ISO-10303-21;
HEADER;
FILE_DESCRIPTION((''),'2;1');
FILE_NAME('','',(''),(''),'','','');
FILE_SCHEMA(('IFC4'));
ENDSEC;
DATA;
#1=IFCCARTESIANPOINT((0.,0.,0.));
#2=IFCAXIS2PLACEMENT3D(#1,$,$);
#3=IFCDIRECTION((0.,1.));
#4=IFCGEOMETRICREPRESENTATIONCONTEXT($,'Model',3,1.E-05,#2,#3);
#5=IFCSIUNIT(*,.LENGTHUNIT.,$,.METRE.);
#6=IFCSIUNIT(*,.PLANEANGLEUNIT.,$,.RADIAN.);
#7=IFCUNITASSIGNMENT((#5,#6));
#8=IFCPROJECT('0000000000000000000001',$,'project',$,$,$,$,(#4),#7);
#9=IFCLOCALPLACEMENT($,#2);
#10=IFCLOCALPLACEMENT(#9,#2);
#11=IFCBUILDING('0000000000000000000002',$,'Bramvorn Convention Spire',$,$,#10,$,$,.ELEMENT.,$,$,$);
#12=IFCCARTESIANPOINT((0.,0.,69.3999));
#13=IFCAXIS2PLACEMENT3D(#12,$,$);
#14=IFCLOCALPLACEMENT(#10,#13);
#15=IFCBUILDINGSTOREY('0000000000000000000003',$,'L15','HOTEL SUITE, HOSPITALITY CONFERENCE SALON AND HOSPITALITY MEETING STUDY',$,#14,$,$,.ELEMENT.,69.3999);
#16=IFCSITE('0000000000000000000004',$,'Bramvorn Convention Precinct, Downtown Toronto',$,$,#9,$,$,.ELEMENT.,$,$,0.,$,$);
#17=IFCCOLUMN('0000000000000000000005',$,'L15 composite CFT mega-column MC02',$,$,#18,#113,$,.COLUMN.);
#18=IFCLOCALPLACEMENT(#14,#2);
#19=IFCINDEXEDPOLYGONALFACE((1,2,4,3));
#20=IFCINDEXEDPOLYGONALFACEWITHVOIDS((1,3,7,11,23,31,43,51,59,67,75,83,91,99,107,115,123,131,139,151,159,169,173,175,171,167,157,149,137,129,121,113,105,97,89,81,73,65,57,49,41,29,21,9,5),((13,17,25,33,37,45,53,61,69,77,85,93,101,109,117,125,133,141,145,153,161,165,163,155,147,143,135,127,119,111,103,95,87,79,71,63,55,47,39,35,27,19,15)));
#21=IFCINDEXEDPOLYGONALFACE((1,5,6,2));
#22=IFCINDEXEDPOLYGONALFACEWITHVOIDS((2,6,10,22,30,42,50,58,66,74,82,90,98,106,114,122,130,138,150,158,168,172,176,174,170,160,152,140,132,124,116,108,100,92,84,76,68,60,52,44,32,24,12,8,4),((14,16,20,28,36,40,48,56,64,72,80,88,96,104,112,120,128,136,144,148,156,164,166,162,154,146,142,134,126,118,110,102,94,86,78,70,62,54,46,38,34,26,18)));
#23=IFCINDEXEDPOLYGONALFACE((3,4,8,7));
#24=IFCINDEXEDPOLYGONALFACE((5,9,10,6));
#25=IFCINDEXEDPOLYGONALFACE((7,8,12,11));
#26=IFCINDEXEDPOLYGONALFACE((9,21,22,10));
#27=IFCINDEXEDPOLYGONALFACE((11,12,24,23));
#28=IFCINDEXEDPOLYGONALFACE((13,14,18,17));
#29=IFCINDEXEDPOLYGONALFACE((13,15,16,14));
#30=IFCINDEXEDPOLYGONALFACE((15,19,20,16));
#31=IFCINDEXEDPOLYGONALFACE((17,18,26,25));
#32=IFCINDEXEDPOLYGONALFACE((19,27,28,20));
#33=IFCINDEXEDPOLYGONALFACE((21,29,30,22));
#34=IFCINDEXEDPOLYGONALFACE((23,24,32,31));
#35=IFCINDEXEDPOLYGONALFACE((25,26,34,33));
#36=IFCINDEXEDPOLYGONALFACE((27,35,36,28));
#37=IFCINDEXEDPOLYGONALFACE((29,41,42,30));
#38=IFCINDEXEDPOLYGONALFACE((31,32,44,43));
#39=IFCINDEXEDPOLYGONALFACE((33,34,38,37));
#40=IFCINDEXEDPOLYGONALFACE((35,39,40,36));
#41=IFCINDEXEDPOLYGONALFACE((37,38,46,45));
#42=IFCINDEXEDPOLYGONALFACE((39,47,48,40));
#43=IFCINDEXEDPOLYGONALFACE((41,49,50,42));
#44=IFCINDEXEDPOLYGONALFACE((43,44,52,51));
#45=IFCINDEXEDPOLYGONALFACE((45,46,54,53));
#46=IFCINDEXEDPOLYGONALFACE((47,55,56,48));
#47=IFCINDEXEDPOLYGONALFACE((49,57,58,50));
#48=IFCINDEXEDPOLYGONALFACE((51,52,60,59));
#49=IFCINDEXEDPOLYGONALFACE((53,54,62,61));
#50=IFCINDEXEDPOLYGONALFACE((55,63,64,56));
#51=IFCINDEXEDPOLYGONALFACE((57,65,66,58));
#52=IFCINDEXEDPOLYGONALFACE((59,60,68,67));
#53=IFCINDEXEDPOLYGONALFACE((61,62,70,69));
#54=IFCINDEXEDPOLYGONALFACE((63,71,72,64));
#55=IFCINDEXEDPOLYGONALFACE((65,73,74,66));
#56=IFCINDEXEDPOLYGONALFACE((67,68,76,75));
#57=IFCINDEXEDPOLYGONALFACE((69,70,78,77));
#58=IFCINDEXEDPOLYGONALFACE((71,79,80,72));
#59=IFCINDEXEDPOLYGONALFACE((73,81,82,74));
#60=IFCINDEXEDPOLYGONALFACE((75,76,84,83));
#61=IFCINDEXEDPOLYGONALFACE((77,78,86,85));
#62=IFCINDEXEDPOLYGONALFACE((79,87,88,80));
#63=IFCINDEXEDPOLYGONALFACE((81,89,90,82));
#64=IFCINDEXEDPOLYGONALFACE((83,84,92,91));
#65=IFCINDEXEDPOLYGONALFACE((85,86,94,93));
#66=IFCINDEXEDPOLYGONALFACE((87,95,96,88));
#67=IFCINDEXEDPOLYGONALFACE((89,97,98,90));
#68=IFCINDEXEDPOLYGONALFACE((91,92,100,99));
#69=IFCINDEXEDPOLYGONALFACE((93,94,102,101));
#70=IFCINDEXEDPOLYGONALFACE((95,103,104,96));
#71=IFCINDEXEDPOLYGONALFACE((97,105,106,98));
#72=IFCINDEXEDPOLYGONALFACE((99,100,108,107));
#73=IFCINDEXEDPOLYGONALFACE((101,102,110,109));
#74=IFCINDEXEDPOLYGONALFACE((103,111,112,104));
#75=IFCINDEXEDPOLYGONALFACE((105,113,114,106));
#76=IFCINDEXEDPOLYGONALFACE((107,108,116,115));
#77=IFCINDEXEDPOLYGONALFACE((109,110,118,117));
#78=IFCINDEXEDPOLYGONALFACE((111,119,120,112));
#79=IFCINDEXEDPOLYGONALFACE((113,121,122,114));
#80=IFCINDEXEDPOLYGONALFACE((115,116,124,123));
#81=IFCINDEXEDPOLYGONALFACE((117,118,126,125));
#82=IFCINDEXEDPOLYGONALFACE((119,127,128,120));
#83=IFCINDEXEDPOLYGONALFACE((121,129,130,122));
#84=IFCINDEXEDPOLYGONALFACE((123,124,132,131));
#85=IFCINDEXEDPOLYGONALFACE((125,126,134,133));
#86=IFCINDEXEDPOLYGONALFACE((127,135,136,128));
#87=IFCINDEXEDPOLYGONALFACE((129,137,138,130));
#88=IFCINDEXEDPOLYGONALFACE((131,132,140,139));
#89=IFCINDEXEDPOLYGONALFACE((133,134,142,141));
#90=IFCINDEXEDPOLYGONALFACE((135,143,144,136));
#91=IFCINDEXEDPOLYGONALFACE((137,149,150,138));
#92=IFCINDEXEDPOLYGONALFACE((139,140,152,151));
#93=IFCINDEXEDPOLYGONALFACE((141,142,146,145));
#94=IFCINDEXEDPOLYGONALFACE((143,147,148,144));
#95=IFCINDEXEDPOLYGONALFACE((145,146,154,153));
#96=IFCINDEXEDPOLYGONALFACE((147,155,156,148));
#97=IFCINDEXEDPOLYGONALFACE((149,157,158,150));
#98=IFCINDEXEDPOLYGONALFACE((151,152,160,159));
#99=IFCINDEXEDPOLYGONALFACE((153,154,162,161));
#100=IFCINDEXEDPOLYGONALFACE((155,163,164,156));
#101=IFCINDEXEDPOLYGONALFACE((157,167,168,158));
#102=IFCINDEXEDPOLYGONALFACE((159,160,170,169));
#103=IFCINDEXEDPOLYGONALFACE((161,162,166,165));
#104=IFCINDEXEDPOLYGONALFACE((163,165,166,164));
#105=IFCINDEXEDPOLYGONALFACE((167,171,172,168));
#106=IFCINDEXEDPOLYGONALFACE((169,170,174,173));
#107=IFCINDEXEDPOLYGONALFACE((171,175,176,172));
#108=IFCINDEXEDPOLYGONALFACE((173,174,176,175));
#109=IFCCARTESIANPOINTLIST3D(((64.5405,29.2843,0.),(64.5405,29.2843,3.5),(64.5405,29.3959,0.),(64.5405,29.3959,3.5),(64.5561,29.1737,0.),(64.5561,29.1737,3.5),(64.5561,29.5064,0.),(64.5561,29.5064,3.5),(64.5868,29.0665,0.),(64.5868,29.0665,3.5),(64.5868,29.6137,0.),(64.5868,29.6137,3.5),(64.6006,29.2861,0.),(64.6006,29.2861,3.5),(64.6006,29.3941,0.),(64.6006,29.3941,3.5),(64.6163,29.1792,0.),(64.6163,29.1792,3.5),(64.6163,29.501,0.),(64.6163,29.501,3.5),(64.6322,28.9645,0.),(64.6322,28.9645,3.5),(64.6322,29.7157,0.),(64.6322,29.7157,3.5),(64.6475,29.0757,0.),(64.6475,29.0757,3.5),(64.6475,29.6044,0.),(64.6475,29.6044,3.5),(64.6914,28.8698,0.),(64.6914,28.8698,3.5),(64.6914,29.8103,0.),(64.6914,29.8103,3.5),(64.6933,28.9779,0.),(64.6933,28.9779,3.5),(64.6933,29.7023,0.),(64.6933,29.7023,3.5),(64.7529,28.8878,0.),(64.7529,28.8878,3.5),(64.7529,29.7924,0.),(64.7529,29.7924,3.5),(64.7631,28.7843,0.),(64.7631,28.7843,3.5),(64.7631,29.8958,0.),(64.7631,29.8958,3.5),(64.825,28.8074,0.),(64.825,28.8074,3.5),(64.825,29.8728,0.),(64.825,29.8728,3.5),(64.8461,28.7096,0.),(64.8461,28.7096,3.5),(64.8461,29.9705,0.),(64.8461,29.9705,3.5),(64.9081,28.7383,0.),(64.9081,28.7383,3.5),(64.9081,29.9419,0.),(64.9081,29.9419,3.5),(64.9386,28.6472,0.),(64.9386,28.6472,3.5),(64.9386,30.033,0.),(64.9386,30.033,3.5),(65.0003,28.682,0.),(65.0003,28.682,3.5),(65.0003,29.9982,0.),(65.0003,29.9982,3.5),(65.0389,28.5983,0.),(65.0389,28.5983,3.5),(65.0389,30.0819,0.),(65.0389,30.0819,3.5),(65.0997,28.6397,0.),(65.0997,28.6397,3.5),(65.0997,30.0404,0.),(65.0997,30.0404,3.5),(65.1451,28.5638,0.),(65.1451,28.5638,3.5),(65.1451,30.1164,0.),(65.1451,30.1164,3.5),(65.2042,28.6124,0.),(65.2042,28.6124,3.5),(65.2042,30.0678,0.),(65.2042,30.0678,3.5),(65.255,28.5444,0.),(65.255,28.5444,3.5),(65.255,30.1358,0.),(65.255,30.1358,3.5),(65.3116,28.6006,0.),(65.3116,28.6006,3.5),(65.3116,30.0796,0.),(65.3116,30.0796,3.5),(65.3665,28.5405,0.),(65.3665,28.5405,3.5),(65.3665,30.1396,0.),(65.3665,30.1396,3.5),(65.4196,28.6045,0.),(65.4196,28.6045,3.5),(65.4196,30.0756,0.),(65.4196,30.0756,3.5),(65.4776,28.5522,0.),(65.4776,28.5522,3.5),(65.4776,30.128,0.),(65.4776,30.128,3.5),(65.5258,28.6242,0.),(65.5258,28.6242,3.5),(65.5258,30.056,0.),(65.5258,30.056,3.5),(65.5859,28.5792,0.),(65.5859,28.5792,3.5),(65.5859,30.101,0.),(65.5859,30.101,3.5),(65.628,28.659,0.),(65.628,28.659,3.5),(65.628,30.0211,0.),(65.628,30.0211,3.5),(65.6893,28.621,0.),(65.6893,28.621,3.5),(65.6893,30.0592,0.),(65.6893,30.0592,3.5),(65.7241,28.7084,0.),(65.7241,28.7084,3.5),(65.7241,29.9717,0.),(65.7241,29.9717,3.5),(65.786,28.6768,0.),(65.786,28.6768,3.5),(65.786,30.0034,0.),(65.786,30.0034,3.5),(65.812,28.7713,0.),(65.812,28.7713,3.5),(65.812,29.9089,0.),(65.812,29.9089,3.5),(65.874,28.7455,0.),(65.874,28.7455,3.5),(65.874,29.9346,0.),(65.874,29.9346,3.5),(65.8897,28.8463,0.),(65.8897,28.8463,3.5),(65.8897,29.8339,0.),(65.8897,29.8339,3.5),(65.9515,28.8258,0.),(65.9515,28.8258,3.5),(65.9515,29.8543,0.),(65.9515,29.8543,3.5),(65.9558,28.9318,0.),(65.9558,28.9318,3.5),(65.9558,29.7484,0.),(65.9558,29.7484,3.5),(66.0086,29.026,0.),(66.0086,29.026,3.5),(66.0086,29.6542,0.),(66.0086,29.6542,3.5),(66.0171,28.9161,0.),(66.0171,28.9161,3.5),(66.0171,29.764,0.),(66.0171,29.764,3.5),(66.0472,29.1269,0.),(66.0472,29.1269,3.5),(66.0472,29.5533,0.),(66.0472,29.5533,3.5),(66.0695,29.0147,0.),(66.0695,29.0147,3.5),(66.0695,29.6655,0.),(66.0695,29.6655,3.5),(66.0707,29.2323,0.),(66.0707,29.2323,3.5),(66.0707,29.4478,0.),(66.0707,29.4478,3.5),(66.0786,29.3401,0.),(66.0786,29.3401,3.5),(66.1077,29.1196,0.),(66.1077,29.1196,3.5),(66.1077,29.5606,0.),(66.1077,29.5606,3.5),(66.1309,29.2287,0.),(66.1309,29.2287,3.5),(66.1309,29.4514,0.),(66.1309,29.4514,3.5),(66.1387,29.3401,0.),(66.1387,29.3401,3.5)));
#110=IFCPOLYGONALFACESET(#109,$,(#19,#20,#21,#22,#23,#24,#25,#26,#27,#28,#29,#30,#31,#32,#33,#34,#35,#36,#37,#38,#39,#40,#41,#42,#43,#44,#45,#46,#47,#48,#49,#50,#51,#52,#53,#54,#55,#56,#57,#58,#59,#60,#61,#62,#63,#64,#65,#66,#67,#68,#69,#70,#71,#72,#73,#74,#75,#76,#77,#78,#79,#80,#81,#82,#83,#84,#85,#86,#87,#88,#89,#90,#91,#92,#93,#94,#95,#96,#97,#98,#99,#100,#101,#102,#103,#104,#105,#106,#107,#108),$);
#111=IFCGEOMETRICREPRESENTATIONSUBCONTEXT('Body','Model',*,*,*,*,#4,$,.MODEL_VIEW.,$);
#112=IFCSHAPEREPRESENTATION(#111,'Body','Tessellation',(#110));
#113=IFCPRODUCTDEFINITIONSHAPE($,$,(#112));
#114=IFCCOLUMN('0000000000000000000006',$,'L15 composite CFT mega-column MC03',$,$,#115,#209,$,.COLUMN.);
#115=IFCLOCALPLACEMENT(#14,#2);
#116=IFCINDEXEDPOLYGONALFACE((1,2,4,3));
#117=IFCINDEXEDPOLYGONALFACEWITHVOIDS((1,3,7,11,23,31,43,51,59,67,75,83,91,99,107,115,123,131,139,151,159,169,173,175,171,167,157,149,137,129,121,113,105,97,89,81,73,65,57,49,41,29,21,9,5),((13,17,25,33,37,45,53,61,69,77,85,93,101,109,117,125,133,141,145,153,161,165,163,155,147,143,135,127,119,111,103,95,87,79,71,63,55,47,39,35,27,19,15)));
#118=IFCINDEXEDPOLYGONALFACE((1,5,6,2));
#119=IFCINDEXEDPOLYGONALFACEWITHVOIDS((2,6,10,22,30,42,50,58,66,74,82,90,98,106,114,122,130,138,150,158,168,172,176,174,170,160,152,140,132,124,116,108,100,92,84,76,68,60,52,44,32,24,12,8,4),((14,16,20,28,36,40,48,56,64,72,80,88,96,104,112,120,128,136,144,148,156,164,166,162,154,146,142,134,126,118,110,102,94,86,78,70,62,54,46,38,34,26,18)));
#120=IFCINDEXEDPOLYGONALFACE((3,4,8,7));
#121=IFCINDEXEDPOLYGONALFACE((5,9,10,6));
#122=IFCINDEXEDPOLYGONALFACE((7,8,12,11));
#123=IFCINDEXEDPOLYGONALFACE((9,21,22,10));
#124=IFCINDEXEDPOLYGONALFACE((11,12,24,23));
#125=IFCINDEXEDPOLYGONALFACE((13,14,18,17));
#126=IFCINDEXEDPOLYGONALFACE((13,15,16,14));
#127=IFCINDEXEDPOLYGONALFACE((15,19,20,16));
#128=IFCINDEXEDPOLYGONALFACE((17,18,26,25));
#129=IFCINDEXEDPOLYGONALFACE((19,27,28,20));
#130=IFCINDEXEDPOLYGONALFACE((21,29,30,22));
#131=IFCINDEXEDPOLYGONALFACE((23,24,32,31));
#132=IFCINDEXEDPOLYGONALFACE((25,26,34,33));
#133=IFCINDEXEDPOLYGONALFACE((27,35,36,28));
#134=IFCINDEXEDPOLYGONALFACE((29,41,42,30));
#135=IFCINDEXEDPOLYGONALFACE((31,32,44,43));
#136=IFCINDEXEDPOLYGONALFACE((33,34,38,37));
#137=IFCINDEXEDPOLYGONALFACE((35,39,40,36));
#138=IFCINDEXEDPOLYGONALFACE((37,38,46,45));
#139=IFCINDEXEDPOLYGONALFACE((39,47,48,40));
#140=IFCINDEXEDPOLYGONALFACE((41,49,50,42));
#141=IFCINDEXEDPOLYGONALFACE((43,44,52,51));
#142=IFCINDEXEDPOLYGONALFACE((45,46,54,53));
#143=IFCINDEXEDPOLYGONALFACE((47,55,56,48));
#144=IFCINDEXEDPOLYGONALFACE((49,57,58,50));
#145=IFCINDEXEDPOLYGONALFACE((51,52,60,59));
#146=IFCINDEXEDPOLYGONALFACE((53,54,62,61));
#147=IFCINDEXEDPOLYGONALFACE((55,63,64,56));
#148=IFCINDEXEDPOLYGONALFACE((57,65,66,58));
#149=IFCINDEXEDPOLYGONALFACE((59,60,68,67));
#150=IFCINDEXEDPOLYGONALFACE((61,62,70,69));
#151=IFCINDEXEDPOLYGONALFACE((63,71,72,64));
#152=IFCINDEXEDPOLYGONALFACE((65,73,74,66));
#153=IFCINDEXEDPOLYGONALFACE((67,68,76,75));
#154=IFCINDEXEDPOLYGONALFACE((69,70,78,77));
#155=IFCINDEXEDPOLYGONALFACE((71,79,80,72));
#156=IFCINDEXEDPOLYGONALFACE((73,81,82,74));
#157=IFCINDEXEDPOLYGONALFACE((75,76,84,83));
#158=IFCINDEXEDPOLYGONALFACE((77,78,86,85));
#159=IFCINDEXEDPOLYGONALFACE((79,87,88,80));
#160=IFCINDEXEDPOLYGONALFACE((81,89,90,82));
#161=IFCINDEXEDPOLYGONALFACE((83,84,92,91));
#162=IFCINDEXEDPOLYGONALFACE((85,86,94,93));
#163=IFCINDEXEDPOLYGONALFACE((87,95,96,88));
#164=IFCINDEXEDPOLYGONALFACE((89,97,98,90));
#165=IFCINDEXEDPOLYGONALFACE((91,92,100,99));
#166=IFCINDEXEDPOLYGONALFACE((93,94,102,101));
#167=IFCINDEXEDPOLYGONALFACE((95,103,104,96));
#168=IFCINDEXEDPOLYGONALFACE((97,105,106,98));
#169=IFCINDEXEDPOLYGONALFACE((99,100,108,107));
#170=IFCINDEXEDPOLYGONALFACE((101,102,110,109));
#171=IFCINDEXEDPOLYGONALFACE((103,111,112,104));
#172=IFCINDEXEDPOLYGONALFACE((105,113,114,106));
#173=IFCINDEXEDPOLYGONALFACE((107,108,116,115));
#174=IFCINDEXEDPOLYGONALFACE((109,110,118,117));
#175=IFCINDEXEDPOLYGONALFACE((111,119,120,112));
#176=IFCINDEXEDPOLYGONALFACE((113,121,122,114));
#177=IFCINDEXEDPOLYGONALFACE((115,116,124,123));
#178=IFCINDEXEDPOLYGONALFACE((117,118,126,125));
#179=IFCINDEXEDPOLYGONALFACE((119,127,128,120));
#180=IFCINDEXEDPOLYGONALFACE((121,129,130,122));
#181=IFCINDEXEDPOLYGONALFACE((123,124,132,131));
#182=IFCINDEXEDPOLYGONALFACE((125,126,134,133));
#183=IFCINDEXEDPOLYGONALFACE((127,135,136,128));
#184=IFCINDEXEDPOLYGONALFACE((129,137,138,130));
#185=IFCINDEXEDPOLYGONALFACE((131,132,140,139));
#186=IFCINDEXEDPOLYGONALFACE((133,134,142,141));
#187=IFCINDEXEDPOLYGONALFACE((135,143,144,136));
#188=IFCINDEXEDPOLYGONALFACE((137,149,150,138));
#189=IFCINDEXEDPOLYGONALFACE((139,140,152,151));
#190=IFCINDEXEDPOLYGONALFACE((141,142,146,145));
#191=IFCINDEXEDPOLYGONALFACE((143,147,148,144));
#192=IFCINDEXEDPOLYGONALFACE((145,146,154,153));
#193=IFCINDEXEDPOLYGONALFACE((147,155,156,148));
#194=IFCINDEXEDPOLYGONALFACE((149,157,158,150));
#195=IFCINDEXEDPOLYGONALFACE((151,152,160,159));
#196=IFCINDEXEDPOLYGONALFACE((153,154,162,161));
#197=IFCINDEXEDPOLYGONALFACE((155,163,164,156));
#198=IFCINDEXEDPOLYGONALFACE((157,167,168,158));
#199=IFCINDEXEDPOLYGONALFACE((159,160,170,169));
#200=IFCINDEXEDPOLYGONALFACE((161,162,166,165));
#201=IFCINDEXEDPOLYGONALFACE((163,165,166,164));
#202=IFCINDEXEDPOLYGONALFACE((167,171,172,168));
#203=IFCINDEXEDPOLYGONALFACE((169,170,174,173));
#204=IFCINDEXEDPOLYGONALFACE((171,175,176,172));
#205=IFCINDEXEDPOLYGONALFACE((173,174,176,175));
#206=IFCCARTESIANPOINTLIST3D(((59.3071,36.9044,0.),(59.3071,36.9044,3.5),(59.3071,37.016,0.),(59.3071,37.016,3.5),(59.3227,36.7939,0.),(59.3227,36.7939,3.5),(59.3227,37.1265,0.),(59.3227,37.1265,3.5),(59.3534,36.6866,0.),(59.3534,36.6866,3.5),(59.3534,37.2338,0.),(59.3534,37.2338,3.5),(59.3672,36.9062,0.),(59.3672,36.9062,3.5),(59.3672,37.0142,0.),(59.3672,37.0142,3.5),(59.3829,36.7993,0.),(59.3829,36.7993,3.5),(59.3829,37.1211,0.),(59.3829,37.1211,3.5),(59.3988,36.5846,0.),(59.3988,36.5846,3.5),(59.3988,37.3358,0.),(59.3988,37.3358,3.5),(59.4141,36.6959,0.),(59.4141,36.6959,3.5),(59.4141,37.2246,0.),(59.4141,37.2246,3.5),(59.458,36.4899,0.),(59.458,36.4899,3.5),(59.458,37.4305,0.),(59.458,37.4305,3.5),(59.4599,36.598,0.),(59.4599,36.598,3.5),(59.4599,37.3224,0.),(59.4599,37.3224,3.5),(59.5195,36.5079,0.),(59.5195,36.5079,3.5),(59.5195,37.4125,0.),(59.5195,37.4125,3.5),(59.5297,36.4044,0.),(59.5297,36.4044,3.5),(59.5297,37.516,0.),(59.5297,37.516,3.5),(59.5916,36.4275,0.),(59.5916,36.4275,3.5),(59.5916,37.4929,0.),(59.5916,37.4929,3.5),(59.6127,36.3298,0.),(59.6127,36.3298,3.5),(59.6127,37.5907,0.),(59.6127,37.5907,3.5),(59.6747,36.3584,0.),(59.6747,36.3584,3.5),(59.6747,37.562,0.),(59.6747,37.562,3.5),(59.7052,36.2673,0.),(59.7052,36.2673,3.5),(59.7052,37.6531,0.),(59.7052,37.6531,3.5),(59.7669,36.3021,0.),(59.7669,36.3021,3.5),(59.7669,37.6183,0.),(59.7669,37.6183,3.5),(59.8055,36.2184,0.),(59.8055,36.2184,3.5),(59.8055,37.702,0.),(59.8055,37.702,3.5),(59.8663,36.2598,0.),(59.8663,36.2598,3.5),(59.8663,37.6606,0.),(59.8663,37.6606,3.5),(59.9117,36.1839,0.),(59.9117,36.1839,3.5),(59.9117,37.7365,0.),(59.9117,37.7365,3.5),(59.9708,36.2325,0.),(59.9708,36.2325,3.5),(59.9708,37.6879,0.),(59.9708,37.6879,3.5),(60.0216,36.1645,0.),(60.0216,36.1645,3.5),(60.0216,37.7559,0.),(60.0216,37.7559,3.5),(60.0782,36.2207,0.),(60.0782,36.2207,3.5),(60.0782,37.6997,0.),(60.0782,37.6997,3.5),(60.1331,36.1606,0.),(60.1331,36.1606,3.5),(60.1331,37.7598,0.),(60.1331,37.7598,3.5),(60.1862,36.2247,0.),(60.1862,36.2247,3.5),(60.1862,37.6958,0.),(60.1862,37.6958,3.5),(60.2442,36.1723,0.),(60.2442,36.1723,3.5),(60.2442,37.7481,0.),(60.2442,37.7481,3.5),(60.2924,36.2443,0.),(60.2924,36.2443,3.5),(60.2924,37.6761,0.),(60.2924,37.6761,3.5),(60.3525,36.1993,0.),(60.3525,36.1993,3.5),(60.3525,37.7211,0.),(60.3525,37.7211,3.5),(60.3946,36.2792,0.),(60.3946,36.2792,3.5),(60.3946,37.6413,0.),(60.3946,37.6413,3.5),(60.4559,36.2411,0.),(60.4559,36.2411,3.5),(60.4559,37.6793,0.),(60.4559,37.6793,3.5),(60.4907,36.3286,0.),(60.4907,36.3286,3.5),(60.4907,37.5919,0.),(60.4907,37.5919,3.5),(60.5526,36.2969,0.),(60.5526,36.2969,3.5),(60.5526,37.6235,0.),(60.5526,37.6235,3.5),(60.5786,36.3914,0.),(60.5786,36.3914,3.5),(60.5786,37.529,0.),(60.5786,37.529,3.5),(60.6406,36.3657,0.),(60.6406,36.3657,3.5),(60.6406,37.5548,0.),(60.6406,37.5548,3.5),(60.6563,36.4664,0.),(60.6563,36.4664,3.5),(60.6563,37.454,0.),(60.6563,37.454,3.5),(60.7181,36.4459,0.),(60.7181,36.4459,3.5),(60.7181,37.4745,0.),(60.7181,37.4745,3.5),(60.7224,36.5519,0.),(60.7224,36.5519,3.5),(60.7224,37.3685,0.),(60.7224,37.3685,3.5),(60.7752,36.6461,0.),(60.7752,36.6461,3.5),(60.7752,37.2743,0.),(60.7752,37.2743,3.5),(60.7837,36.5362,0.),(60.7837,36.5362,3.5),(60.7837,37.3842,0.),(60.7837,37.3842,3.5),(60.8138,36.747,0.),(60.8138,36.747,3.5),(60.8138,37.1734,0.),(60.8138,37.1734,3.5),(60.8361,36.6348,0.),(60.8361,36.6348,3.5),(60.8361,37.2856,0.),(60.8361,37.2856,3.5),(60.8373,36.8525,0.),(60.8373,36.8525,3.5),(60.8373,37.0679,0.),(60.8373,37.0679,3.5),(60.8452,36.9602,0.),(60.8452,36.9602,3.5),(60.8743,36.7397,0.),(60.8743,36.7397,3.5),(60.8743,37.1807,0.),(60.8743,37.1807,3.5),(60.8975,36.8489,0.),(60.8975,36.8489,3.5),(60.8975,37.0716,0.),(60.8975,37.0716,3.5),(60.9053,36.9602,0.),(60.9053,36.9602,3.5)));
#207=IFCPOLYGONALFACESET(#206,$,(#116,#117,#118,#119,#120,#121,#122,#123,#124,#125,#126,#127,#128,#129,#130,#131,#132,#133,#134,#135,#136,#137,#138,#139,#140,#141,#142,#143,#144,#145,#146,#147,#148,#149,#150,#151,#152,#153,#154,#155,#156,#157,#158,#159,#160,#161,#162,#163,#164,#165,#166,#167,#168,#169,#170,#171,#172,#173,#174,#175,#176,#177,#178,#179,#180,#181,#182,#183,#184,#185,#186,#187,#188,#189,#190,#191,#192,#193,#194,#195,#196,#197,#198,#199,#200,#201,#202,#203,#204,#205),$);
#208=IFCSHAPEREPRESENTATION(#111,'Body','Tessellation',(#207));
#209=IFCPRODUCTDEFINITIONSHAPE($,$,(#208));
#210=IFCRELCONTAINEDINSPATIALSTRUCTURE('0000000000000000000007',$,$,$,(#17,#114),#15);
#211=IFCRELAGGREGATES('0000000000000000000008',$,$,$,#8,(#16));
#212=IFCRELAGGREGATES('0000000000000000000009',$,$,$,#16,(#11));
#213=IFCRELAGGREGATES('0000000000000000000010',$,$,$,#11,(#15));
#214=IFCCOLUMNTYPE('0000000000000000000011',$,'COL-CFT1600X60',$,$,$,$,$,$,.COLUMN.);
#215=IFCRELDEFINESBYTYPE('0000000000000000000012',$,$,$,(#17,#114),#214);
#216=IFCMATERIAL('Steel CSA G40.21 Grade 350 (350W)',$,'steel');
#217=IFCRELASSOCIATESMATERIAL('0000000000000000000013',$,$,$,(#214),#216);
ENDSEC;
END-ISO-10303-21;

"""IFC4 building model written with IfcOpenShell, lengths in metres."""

from ifc_helpers import new_model, si_unit, direction, frame, origin, origin_2d, place, context, subcontext, project, spatial, hollow_circle, extrude, material, material_profile, profile_set, type_object, element, save


model = new_model("IFC4")

# Units and contexts
model_context = context("Model", 3, precision=1e-05, world=origin(), true_north=direction((0.0, 1.0)))
body_context = subcontext(model_context, "Body", "Model", "MODEL_VIEW")
ifc_project = project(units=[si_unit("LENGTHUNIT", "METRE"), si_unit("PLANEANGLEUNIT", "RADIAN")], contexts=[model_context])

# Site, building, storey
site_placement = place(None, origin())
site = spatial("IfcSite", under=ifc_project, at=site_placement, Name="Bramvorn Convention Precinct, Downtown Toronto", CompositionType="ELEMENT", RefElevation=0.0)
building_placement = place(site_placement, origin())
building = spatial("IfcBuilding", under=site, at=building_placement, Name="Bramvorn Convention Spire", CompositionType="ELEMENT")
storey_placement = place(building_placement, frame((0.0, 0.0, 69.3999)))
storey = spatial("IfcBuildingStorey", under=building, at=storey_placement, Name="L15", Description="HOTEL SUITE, HOSPITALITY CONFERENCE SALON AND HOSPITALITY MEETING STUDY", CompositionType="ELEMENT", Elevation=69.3999)

# Columns
ifc_material_1 = material(Name="Steel CSA G40.21 Grade 350 (350W)", Category="steel")
ifc_material_profile_1 = material_profile(ifc_material_1, hollow_circle(Radius=0.8, WallThickness=0.0601, at=origin_2d()))
ifc_profile_set_1 = profile_set([ifc_material_profile_1], Name="Steel CSA G40.21 Grade 350 (350W) - CFT1600X60")
column_type = type_object("IfcColumnType", Name="COL-CFT1600X60", PredefinedType="COLUMN", material=ifc_profile_set_1)
for number, where, z_axis, x_axis, name in (
    (1, (65.3386, 29.3401, 0.0), (0.0, 0.0, 1.0), (1.0, 0.0, 0.0), "L15 composite CFT mega-column MC02"),
    (2, (60.1052, 36.9602, 0.0), (0.0, 0.0, 1.0), (1.0, 0.0, 0.0), "L15 composite CFT mega-column MC03"),
):
    element("IfcColumn", number, at=place(storey_placement, frame(where, z_axis=z_axis, x_axis=x_axis)), inside=storey, type_object=column_type, Name=name, PredefinedType="COLUMN", context=body_context, shape_type="SweptSolid", body=[
        extrude(hollow_circle(Radius=0.8, WallThickness=0.0601, at=origin_2d()), origin(), (0.0, 0.0, 1.0), 3.5),
    ])

save(model, "model.ifc")
